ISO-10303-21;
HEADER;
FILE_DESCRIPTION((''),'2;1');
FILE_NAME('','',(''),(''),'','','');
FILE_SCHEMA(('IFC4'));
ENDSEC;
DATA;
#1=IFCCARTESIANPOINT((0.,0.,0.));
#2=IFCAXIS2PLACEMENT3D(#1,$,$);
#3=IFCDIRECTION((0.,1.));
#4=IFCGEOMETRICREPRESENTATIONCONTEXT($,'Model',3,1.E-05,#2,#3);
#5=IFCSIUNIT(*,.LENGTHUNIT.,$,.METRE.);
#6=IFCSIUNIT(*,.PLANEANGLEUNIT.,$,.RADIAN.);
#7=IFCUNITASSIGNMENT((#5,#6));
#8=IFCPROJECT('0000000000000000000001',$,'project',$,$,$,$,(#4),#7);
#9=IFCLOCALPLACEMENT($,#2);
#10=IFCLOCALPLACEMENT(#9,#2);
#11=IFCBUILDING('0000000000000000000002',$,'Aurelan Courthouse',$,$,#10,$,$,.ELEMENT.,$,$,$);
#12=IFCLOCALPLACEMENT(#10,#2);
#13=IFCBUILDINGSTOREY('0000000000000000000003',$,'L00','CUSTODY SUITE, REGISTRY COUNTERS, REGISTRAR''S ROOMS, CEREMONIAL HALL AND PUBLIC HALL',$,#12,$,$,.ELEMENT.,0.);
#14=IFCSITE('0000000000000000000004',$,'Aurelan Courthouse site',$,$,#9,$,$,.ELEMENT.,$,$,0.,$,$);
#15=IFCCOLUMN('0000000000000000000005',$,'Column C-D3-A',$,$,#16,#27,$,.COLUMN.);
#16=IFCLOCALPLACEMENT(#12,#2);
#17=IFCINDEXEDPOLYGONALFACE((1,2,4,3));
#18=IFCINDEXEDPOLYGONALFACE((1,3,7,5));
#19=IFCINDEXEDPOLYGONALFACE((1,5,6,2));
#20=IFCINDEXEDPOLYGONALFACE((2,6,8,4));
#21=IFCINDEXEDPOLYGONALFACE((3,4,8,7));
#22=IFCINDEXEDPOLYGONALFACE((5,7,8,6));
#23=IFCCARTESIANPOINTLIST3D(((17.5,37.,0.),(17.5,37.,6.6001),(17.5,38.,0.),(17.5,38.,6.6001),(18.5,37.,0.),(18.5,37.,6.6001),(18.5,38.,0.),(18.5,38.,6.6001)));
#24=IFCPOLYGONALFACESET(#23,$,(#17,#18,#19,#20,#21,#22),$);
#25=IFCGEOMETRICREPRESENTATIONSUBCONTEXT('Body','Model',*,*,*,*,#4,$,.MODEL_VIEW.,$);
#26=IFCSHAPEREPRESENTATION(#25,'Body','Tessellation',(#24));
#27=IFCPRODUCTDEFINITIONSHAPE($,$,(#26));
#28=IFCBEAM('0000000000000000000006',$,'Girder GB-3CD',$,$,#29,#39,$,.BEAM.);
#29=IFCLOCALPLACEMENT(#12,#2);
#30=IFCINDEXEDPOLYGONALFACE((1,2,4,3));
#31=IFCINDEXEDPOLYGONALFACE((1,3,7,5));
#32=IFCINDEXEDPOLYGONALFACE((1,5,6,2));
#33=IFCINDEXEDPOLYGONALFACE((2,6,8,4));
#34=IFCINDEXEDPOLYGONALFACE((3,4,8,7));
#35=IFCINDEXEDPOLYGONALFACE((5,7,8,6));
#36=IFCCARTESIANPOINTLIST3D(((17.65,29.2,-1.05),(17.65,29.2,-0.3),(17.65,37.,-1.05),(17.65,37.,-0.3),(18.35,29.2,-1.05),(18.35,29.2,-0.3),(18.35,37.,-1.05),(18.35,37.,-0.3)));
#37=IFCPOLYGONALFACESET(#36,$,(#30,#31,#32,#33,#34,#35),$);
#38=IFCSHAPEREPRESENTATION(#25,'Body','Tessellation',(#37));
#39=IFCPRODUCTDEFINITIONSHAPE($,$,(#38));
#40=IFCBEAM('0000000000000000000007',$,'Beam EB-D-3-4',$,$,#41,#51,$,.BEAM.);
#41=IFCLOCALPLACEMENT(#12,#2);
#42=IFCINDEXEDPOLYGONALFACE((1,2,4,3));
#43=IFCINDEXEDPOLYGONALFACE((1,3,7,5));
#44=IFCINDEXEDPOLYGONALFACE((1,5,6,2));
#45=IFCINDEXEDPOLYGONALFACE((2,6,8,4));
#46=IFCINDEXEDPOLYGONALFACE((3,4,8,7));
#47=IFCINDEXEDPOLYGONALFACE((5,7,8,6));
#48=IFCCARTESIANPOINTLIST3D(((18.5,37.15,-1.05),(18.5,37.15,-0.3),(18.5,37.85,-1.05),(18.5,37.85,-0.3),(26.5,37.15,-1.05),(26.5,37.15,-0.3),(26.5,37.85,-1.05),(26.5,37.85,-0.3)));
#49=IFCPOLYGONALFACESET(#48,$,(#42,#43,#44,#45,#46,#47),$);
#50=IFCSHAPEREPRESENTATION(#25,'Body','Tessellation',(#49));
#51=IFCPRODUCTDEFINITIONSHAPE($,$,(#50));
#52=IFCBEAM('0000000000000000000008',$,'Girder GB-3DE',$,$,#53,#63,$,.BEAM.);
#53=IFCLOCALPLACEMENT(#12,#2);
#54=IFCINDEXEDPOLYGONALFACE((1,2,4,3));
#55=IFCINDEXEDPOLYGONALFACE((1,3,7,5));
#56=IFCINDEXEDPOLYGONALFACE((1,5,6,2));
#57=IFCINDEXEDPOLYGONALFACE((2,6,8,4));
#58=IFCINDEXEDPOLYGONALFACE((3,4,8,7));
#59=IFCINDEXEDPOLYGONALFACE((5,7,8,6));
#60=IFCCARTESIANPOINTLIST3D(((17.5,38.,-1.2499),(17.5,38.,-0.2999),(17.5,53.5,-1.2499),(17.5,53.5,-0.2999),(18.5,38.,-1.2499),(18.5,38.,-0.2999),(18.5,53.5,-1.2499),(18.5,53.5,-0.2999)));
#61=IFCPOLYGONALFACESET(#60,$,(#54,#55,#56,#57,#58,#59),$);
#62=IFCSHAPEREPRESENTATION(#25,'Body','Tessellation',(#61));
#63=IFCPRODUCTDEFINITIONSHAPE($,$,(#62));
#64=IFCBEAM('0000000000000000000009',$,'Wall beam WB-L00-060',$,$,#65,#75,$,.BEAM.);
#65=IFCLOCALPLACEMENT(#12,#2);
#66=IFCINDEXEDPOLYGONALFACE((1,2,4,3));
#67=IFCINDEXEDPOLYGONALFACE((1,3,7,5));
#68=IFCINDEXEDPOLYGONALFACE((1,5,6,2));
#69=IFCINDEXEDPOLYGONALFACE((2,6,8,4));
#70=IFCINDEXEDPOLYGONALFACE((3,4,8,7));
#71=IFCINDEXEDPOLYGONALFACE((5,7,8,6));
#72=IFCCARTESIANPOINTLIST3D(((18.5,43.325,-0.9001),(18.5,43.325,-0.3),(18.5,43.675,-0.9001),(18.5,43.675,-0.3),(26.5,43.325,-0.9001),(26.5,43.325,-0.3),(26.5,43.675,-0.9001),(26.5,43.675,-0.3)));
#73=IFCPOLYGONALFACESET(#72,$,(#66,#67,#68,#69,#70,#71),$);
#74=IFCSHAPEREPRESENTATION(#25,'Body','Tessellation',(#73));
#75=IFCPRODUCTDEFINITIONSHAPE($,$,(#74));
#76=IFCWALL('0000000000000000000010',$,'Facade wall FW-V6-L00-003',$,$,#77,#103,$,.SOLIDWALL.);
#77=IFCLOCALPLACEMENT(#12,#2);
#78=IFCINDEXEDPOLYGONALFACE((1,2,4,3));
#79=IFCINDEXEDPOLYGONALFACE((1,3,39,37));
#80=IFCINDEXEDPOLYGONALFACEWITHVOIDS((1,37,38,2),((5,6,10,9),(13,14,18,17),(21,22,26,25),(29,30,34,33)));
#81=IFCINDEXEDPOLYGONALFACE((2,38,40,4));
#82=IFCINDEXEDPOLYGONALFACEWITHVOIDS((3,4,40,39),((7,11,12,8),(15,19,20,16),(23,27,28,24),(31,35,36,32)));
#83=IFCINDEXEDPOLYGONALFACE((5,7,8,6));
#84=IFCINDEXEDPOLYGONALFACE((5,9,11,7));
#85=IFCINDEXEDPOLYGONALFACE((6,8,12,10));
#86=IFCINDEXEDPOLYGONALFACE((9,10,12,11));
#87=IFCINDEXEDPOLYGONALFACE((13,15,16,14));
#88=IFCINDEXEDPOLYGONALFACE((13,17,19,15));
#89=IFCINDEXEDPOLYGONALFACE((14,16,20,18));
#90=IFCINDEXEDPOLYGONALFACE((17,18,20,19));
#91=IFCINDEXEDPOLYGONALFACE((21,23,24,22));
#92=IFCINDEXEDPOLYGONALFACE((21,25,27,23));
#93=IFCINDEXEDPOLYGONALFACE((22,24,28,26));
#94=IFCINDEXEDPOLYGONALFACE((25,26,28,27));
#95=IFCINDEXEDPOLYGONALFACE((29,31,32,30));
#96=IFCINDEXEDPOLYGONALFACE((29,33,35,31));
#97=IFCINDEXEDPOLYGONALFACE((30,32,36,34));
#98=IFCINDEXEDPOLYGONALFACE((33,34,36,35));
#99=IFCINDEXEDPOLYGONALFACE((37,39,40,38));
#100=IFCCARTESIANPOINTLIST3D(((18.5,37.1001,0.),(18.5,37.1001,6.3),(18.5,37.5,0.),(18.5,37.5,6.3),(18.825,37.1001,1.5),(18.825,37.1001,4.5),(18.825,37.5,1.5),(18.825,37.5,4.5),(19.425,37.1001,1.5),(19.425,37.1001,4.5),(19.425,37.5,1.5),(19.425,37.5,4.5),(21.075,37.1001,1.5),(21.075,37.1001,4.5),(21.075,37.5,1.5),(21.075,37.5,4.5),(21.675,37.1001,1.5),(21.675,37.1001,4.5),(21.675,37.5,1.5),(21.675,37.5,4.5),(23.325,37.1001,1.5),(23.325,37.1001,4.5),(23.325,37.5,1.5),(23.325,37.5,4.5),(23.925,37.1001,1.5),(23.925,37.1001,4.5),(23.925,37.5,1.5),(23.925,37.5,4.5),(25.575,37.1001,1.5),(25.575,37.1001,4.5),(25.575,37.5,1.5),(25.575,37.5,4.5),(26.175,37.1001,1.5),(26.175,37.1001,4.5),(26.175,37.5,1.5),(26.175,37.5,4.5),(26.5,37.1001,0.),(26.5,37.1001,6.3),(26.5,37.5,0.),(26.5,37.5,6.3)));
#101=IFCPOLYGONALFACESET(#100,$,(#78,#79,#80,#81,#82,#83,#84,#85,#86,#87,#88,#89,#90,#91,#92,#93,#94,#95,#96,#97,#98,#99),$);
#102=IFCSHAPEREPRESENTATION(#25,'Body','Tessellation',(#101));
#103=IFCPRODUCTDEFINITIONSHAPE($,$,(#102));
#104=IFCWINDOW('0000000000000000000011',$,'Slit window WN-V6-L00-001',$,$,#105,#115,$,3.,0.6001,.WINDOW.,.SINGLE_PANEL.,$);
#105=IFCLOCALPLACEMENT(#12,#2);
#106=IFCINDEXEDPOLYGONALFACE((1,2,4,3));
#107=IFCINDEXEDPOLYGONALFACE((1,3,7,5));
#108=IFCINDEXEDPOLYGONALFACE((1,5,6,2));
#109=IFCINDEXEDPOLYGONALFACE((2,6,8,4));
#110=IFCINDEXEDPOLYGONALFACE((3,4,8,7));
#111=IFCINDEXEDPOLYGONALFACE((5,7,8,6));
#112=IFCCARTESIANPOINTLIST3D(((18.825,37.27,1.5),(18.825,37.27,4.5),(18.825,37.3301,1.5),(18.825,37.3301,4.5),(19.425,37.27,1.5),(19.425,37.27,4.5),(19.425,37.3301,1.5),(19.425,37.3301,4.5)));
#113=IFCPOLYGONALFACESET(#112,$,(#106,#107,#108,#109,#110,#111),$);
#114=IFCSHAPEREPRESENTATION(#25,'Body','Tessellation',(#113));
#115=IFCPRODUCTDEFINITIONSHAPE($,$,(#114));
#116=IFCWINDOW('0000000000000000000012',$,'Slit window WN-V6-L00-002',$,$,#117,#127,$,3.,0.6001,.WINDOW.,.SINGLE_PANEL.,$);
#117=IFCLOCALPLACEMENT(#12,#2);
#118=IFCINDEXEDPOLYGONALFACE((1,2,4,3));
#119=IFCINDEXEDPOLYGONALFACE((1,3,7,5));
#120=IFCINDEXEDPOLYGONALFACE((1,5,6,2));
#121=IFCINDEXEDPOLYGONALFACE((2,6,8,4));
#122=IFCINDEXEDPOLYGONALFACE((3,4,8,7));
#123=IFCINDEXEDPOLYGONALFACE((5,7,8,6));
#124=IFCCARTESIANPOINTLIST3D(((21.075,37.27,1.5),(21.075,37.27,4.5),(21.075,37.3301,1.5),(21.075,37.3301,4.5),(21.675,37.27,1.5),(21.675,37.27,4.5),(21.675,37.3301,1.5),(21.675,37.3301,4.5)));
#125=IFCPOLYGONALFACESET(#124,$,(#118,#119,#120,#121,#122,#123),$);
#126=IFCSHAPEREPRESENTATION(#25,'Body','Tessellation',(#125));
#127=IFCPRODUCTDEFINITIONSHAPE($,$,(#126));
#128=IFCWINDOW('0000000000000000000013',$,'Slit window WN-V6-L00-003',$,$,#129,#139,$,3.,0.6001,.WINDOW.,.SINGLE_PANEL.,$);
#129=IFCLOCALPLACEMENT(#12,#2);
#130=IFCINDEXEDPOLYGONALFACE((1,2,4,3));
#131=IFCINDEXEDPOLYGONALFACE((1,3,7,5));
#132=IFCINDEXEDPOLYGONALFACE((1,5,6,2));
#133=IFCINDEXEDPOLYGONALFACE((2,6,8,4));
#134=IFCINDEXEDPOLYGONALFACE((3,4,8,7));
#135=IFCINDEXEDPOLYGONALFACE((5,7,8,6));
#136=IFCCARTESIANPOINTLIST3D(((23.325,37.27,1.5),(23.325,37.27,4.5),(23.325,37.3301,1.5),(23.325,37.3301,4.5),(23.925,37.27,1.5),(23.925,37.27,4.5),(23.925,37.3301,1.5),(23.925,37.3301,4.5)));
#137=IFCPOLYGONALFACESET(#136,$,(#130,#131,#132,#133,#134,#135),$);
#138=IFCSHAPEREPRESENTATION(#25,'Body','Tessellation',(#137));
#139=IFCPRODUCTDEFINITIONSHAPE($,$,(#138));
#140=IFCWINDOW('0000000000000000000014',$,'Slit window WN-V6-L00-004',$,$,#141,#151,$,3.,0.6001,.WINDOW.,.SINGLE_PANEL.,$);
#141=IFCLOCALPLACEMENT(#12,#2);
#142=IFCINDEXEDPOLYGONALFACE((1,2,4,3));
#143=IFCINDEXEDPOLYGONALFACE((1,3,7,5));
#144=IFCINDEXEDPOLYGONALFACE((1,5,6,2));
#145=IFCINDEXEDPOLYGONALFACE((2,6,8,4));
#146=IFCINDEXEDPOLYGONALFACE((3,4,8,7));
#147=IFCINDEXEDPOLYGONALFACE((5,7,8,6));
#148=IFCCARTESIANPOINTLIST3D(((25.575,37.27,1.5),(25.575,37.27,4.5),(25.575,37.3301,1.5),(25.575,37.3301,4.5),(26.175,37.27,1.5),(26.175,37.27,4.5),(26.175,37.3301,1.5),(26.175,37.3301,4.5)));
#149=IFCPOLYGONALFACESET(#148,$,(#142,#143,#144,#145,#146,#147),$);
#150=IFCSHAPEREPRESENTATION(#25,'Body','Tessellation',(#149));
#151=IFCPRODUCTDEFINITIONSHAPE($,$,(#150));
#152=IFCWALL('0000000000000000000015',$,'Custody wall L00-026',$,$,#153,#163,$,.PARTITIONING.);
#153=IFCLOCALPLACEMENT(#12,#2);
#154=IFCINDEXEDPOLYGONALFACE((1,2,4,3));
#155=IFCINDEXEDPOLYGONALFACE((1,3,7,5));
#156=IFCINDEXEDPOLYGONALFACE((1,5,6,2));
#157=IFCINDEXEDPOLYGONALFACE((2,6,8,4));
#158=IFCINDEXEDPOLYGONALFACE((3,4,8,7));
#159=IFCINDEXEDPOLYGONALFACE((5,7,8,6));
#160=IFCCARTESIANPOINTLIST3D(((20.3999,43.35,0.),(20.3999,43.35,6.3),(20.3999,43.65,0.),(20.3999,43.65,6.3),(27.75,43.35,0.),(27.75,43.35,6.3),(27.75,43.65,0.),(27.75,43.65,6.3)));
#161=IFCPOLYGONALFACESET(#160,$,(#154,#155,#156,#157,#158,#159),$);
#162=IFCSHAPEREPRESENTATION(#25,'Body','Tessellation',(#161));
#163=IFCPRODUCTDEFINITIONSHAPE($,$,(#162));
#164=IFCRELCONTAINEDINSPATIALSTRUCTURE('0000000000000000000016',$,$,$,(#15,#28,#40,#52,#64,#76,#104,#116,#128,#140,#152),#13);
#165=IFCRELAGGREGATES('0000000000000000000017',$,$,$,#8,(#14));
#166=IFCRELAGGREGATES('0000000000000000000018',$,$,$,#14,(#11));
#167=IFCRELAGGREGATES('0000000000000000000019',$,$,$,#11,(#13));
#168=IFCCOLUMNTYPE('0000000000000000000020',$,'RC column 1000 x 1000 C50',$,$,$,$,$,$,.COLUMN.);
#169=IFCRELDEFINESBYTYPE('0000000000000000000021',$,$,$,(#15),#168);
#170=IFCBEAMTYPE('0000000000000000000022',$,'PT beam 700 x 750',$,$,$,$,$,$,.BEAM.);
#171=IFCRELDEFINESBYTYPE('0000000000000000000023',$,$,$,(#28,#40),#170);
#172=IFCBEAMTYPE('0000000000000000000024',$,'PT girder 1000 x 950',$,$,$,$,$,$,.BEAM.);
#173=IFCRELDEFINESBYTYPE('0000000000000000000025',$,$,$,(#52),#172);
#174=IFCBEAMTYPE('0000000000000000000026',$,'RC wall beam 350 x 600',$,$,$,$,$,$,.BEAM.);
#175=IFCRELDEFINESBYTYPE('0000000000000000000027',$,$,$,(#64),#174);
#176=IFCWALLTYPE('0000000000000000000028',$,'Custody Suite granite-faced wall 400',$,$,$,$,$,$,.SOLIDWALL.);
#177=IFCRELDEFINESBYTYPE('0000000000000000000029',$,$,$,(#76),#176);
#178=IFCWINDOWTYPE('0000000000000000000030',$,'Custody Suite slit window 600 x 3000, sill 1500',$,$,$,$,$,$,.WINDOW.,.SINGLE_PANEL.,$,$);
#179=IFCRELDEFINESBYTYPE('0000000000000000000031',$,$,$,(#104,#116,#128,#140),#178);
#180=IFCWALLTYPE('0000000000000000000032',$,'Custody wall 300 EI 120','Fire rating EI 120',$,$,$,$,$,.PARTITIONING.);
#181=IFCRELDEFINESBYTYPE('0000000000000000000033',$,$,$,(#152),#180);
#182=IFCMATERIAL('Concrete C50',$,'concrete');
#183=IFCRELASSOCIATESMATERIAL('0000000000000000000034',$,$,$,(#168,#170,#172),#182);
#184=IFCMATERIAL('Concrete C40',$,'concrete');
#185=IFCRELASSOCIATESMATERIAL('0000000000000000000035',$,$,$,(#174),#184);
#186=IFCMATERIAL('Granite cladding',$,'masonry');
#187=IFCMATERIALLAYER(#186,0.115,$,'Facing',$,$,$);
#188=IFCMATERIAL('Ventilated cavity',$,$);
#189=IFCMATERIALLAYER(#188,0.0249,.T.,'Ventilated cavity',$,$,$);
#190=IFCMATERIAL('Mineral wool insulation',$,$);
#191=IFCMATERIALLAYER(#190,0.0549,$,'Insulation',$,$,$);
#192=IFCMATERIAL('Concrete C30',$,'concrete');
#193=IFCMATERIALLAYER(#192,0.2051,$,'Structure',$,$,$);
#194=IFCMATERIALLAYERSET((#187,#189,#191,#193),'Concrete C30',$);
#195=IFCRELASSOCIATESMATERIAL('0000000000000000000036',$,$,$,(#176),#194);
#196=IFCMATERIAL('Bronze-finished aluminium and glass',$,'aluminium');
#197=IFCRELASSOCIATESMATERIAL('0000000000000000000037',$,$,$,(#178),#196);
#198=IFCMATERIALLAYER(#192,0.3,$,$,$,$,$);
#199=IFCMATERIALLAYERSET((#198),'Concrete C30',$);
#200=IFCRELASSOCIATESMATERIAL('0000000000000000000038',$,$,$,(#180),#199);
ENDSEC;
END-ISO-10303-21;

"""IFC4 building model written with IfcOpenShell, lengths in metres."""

from ifc_helpers import new_model, si_unit, direction, frame, frame_2d, origin, origin_2d, place, context, subcontext, project, spatial, rectangle, extrude, material, layer, layer_set, material_profile, profile_set, type_object, element, fill, save


model = new_model("IFC4")

# Units and contexts
model_context = context("Model", 3, precision=1e-05, world=origin(), true_north=direction((0.0, 1.0)))
body_context = subcontext(model_context, "Body", "Model", "MODEL_VIEW")
ifc_project = project(units=[si_unit("LENGTHUNIT", "METRE"), si_unit("PLANEANGLEUNIT", "RADIAN")], contexts=[model_context])

# Site, building, storey
site_placement = place(None, origin())
site = spatial("IfcSite", under=ifc_project, at=site_placement, Name="Aurelan Courthouse site", CompositionType="ELEMENT", RefElevation=0.0)
building_placement = place(site_placement, origin())
building = spatial("IfcBuilding", under=site, at=building_placement, Name="Aurelan Courthouse", CompositionType="ELEMENT")
storey_placement = place(building_placement, origin())
storey = spatial("IfcBuildingStorey", under=building, at=storey_placement, Name="L00", Description="CUSTODY SUITE, REGISTRY COUNTERS, REGISTRAR'S ROOMS, CEREMONIAL HALL AND PUBLIC HALL", CompositionType="ELEMENT", Elevation=0.0)

# Column
ifc_material_1 = material(Name="Concrete C50", Category="concrete")
ifc_material_profile_1 = material_profile(ifc_material_1, rectangle(XDim=1.0, YDim=1.0, at=origin_2d()), Name="RC 1000 x 1000")
ifc_profile_set_1 = profile_set([ifc_material_profile_1], Name="Concrete C50")
column_type = type_object("IfcColumnType", Name="RC column 1000 x 1000 C50", PredefinedType="COLUMN", material=ifc_profile_set_1)
column_placement = place(storey_placement, frame((18.0, 37.5, 0.0), z_axis=(0.0, 0.0, 1.0), x_axis=(1.0, 0.0, 0.0)))
element("IfcColumn", 1, at=column_placement, inside=storey, type_object=column_type, Name="Column C-D3-A", PredefinedType="COLUMN", context=body_context, shape_type="SweptSolid", body=[
    extrude(rectangle(XDim=1.0, YDim=1.0, at=origin_2d()), origin(), (0.0, 0.0, 1.0), 6.6001),
])

# Beams
ifc_material_profile_2 = material_profile(ifc_material_1, rectangle(XDim=0.7, YDim=0.75, at=origin_2d()), Name="RC 700 x 750")
ifc_profile_set_2 = profile_set([ifc_material_profile_2], Name="Concrete C50")
beam_type_1 = type_object("IfcBeamType", Name="PT beam 700 x 750", PredefinedType="BEAM", material=ifc_profile_set_2)
beam_1_placement = place(storey_placement, frame((18.0, 29.2, -0.675), z_axis=(0.0, 1.0, 0.0), x_axis=(-1.0, 0.0, 0.0)))
element("IfcBeam", 2, at=beam_1_placement, inside=storey, type_object=beam_type_1, Name="Girder GB-3CD", PredefinedType="BEAM", context=body_context, shape_type="SweptSolid", body=[
    extrude(rectangle(XDim=0.7, YDim=0.75, at=origin_2d()), origin(), (0.0, 0.0, 1.0), 7.8),
])
beam_2_placement = place(storey_placement, frame((18.5, 37.5, -0.675), z_axis=(1.0, 0.0, 0.0), x_axis=(0.0, 1.0, 0.0)))
element("IfcBeam", 3, at=beam_2_placement, inside=storey, type_object=beam_type_1, Name="Beam EB-D-3-4", PredefinedType="BEAM", context=body_context, shape_type="SweptSolid", body=[
    extrude(rectangle(XDim=0.7, YDim=0.75, at=origin_2d()), origin(), (0.0, 0.0, 1.0), 8.0),
])
ifc_material_profile_3 = material_profile(ifc_material_1, rectangle(XDim=1.0, YDim=0.95, at=origin_2d()), Name="RC 1000 x 950")
ifc_profile_set_3 = profile_set([ifc_material_profile_3], Name="Concrete C50")
beam_type_2 = type_object("IfcBeamType", Name="PT girder 1000 x 950", PredefinedType="BEAM", material=ifc_profile_set_3)
beam_3_placement = place(storey_placement, frame((18.0, 38.0, -0.7749), z_axis=(0.0, 1.0, 0.0), x_axis=(-1.0, 0.0, 0.0)))
element("IfcBeam", 4, at=beam_3_placement, inside=storey, type_object=beam_type_2, Name="Girder GB-3DE", PredefinedType="BEAM", context=body_context, shape_type="SweptSolid", body=[
    extrude(rectangle(XDim=1.0, YDim=0.95, at=origin_2d()), origin(), (0.0, 0.0, 1.0), 15.5),
])
ifc_material_2 = material(Name="Concrete C40", Category="concrete")
ifc_material_profile_4 = material_profile(ifc_material_2, rectangle(XDim=0.3501, YDim=0.6001, at=origin_2d()), Name="RC 350 x 600")
ifc_profile_set_4 = profile_set([ifc_material_profile_4], Name="Concrete C40")
beam_type_3 = type_object("IfcBeamType", Name="RC wall beam 350 x 600", PredefinedType="BEAM", material=ifc_profile_set_4)
beam_4_placement = place(storey_placement, frame((18.5, 43.5, -0.6001), z_axis=(1.0, 0.0, 0.0), x_axis=(0.0, 1.0, 0.0)))
element("IfcBeam", 5, at=beam_4_placement, inside=storey, type_object=beam_type_3, Name="Wall beam WB-L00-060", PredefinedType="BEAM", context=body_context, shape_type="SweptSolid", body=[
    extrude(rectangle(XDim=0.3501, YDim=0.6001, at=origin_2d()), origin(), (0.0, 0.0, 1.0), 8.0),
])

# Wall, openings, windows
ifc_material_3 = material(Name="Granite cladding", Category="masonry")
ifc_layer_1 = layer(ifc_material_3, 0.115, Name="Facing")
ifc_material_4 = material(Name="Ventilated cavity")
ifc_layer_2 = layer(ifc_material_4, 0.0249, ventilated=True, Name="Ventilated cavity")
ifc_material_5 = material(Name="Mineral wool insulation")
ifc_layer_3 = layer(ifc_material_5, 0.0549, Name="Insulation")
ifc_material_6 = material(Name="Concrete C30", Category="concrete")
ifc_layer_4 = layer(ifc_material_6, 0.2051, Name="Structure")
ifc_layer_set_1 = layer_set([ifc_layer_1, ifc_layer_2, ifc_layer_3, ifc_layer_4], Name="Concrete C30")
wall_type_1 = type_object("IfcWallType", Name="Custody Suite granite-faced wall 400", PredefinedType="SOLIDWALL", material=ifc_layer_set_1)
wall_1_placement = place(storey_placement, frame((18.5, 37.3, 0.0), z_axis=(0.0, 0.0, 1.0), x_axis=(1.0, 0.0, 0.0)))
wall_1 = element("IfcWall", 6, at=wall_1_placement, inside=storey, type_object=wall_type_1, Name="Facade wall FW-V6-L00-003", PredefinedType="SOLIDWALL", context=body_context, shape_type="SweptSolid", body=[
    extrude(rectangle(XDim=8.0, YDim=0.3999, at=frame_2d((4.0, 0.0))), origin(), (0.0, 0.0, 1.0), 6.3),
])
opening_1_placement = place(wall_1_placement, frame((0.325, 0.0, 1.5)))
opening_1 = element("IfcOpeningElement", 7, at=opening_1_placement, cuts=wall_1, PredefinedType="OPENING", context=body_context, shape_type="SweptSolid", body=[
    extrude(rectangle(XDim=0.6001, YDim=3.0, at=frame_2d((0.3, 1.5))), frame((0.0, 0.21, 0.0), z_axis=(0.0, -1.0, 0.0), x_axis=(1.0, 0.0, 0.0)), (0.0, 0.0, 1.0), 0.4199),
])
opening_2_placement = place(wall_1_placement, frame((2.575, 0.0, 1.5)))
opening_2 = element("IfcOpeningElement", 8, at=opening_2_placement, cuts=wall_1, PredefinedType="OPENING", context=body_context, shape_type="SweptSolid", body=[
    extrude(rectangle(XDim=0.6001, YDim=3.0, at=frame_2d((0.3, 1.5))), frame((0.0, 0.21, 0.0), z_axis=(0.0, -1.0, 0.0), x_axis=(1.0, 0.0, 0.0)), (0.0, 0.0, 1.0), 0.4199),
])
opening_3_placement = place(wall_1_placement, frame((4.825, 0.0, 1.5)))
opening_3 = element("IfcOpeningElement", 9, at=opening_3_placement, cuts=wall_1, PredefinedType="OPENING", context=body_context, shape_type="SweptSolid", body=[
    extrude(rectangle(XDim=0.6001, YDim=3.0, at=frame_2d((0.3, 1.5))), frame((0.0, 0.21, 0.0), z_axis=(0.0, -1.0, 0.0), x_axis=(1.0, 0.0, 0.0)), (0.0, 0.0, 1.0), 0.4199),
])
opening_4_placement = place(wall_1_placement, frame((7.075, 0.0, 1.5)))
opening_4 = element("IfcOpeningElement", 10, at=opening_4_placement, cuts=wall_1, PredefinedType="OPENING", context=body_context, shape_type="SweptSolid", body=[
    extrude(rectangle(XDim=0.6001, YDim=3.0, at=frame_2d((0.3, 1.5))), frame((0.0, 0.21, 0.0), z_axis=(0.0, -1.0, 0.0), x_axis=(1.0, 0.0, 0.0)), (0.0, 0.0, 1.0), 0.4199),
])
ifc_material_7 = material(Name="Bronze-finished aluminium and glass", Category="aluminium")
window_type = type_object("IfcWindowType", Name="Custody Suite slit window 600 x 3000, sill 1500", PartitioningType="SINGLE_PANEL", PredefinedType="WINDOW", material=ifc_material_7)
window_1_placement = place(opening_1_placement, origin())
window_1 = element("IfcWindow", 11, at=window_1_placement, inside=storey, type_object=window_type, Name="Slit window WN-V6-L00-001", OverallHeight=3.0, OverallWidth=0.6001, PartitioningType="SINGLE_PANEL", PredefinedType="WINDOW", context=body_context, shape_type="SweptSolid", body=[
    extrude(rectangle(XDim=0.6001, YDim=3.0, at=frame_2d((0.3, 1.5))), frame((0.0, 0.03, 0.0), z_axis=(0.0, -1.0, 0.0), x_axis=(1.0, 0.0, 0.0)), (0.0, 0.0, 1.0), 0.0601),
])
fill(opening_1, window_1)
window_2_placement = place(opening_2_placement, origin())
window_2 = element("IfcWindow", 12, at=window_2_placement, inside=storey, type_object=window_type, Name="Slit window WN-V6-L00-002", OverallHeight=3.0, OverallWidth=0.6001, PartitioningType="SINGLE_PANEL", PredefinedType="WINDOW", context=body_context, shape_type="SweptSolid", body=[
    extrude(rectangle(XDim=0.6001, YDim=3.0, at=frame_2d((0.3, 1.5))), frame((0.0, 0.03, 0.0), z_axis=(0.0, -1.0, 0.0), x_axis=(1.0, 0.0, 0.0)), (0.0, 0.0, 1.0), 0.0601),
])
fill(opening_2, window_2)
window_3_placement = place(opening_3_placement, origin())
window_3 = element("IfcWindow", 13, at=window_3_placement, inside=storey, type_object=window_type, Name="Slit window WN-V6-L00-003", OverallHeight=3.0, OverallWidth=0.6001, PartitioningType="SINGLE_PANEL", PredefinedType="WINDOW", context=body_context, shape_type="SweptSolid", body=[
    extrude(rectangle(XDim=0.6001, YDim=3.0, at=frame_2d((0.3, 1.5))), frame((0.0, 0.03, 0.0), z_axis=(0.0, -1.0, 0.0), x_axis=(1.0, 0.0, 0.0)), (0.0, 0.0, 1.0), 0.0601),
])
fill(opening_3, window_3)
window_4_placement = place(opening_4_placement, origin())
window_4 = element("IfcWindow", 14, at=window_4_placement, inside=storey, type_object=window_type, Name="Slit window WN-V6-L00-004", OverallHeight=3.0, OverallWidth=0.6001, PartitioningType="SINGLE_PANEL", PredefinedType="WINDOW", context=body_context, shape_type="SweptSolid", body=[
    extrude(rectangle(XDim=0.6001, YDim=3.0, at=frame_2d((0.3, 1.5))), frame((0.0, 0.03, 0.0), z_axis=(0.0, -1.0, 0.0), x_axis=(1.0, 0.0, 0.0)), (0.0, 0.0, 1.0), 0.0601),
])
fill(opening_4, window_4)

# Wall
ifc_layer_5 = layer(ifc_material_6, 0.3)
ifc_layer_set_2 = layer_set([ifc_layer_5], Name="Concrete C30")
wall_type_2 = type_object("IfcWallType", Name="Custody wall 300 EI 120", Description="Fire rating EI 120", PredefinedType="PARTITIONING", material=ifc_layer_set_2)
wall_2_placement = place(storey_placement, frame((20.3999, 43.5, 0.0), z_axis=(0.0, 0.0, 1.0), x_axis=(1.0, 0.0, 0.0)))
element("IfcWall", 15, at=wall_2_placement, inside=storey, type_object=wall_type_2, Name="Custody wall L00-026", PredefinedType="PARTITIONING", context=body_context, shape_type="SweptSolid", body=[
    extrude(rectangle(XDim=7.3501, YDim=0.3, at=frame_2d((3.675, 0.0))), origin(), (0.0, 0.0, 1.0), 6.3),
])

save(model, "model.ifc")
